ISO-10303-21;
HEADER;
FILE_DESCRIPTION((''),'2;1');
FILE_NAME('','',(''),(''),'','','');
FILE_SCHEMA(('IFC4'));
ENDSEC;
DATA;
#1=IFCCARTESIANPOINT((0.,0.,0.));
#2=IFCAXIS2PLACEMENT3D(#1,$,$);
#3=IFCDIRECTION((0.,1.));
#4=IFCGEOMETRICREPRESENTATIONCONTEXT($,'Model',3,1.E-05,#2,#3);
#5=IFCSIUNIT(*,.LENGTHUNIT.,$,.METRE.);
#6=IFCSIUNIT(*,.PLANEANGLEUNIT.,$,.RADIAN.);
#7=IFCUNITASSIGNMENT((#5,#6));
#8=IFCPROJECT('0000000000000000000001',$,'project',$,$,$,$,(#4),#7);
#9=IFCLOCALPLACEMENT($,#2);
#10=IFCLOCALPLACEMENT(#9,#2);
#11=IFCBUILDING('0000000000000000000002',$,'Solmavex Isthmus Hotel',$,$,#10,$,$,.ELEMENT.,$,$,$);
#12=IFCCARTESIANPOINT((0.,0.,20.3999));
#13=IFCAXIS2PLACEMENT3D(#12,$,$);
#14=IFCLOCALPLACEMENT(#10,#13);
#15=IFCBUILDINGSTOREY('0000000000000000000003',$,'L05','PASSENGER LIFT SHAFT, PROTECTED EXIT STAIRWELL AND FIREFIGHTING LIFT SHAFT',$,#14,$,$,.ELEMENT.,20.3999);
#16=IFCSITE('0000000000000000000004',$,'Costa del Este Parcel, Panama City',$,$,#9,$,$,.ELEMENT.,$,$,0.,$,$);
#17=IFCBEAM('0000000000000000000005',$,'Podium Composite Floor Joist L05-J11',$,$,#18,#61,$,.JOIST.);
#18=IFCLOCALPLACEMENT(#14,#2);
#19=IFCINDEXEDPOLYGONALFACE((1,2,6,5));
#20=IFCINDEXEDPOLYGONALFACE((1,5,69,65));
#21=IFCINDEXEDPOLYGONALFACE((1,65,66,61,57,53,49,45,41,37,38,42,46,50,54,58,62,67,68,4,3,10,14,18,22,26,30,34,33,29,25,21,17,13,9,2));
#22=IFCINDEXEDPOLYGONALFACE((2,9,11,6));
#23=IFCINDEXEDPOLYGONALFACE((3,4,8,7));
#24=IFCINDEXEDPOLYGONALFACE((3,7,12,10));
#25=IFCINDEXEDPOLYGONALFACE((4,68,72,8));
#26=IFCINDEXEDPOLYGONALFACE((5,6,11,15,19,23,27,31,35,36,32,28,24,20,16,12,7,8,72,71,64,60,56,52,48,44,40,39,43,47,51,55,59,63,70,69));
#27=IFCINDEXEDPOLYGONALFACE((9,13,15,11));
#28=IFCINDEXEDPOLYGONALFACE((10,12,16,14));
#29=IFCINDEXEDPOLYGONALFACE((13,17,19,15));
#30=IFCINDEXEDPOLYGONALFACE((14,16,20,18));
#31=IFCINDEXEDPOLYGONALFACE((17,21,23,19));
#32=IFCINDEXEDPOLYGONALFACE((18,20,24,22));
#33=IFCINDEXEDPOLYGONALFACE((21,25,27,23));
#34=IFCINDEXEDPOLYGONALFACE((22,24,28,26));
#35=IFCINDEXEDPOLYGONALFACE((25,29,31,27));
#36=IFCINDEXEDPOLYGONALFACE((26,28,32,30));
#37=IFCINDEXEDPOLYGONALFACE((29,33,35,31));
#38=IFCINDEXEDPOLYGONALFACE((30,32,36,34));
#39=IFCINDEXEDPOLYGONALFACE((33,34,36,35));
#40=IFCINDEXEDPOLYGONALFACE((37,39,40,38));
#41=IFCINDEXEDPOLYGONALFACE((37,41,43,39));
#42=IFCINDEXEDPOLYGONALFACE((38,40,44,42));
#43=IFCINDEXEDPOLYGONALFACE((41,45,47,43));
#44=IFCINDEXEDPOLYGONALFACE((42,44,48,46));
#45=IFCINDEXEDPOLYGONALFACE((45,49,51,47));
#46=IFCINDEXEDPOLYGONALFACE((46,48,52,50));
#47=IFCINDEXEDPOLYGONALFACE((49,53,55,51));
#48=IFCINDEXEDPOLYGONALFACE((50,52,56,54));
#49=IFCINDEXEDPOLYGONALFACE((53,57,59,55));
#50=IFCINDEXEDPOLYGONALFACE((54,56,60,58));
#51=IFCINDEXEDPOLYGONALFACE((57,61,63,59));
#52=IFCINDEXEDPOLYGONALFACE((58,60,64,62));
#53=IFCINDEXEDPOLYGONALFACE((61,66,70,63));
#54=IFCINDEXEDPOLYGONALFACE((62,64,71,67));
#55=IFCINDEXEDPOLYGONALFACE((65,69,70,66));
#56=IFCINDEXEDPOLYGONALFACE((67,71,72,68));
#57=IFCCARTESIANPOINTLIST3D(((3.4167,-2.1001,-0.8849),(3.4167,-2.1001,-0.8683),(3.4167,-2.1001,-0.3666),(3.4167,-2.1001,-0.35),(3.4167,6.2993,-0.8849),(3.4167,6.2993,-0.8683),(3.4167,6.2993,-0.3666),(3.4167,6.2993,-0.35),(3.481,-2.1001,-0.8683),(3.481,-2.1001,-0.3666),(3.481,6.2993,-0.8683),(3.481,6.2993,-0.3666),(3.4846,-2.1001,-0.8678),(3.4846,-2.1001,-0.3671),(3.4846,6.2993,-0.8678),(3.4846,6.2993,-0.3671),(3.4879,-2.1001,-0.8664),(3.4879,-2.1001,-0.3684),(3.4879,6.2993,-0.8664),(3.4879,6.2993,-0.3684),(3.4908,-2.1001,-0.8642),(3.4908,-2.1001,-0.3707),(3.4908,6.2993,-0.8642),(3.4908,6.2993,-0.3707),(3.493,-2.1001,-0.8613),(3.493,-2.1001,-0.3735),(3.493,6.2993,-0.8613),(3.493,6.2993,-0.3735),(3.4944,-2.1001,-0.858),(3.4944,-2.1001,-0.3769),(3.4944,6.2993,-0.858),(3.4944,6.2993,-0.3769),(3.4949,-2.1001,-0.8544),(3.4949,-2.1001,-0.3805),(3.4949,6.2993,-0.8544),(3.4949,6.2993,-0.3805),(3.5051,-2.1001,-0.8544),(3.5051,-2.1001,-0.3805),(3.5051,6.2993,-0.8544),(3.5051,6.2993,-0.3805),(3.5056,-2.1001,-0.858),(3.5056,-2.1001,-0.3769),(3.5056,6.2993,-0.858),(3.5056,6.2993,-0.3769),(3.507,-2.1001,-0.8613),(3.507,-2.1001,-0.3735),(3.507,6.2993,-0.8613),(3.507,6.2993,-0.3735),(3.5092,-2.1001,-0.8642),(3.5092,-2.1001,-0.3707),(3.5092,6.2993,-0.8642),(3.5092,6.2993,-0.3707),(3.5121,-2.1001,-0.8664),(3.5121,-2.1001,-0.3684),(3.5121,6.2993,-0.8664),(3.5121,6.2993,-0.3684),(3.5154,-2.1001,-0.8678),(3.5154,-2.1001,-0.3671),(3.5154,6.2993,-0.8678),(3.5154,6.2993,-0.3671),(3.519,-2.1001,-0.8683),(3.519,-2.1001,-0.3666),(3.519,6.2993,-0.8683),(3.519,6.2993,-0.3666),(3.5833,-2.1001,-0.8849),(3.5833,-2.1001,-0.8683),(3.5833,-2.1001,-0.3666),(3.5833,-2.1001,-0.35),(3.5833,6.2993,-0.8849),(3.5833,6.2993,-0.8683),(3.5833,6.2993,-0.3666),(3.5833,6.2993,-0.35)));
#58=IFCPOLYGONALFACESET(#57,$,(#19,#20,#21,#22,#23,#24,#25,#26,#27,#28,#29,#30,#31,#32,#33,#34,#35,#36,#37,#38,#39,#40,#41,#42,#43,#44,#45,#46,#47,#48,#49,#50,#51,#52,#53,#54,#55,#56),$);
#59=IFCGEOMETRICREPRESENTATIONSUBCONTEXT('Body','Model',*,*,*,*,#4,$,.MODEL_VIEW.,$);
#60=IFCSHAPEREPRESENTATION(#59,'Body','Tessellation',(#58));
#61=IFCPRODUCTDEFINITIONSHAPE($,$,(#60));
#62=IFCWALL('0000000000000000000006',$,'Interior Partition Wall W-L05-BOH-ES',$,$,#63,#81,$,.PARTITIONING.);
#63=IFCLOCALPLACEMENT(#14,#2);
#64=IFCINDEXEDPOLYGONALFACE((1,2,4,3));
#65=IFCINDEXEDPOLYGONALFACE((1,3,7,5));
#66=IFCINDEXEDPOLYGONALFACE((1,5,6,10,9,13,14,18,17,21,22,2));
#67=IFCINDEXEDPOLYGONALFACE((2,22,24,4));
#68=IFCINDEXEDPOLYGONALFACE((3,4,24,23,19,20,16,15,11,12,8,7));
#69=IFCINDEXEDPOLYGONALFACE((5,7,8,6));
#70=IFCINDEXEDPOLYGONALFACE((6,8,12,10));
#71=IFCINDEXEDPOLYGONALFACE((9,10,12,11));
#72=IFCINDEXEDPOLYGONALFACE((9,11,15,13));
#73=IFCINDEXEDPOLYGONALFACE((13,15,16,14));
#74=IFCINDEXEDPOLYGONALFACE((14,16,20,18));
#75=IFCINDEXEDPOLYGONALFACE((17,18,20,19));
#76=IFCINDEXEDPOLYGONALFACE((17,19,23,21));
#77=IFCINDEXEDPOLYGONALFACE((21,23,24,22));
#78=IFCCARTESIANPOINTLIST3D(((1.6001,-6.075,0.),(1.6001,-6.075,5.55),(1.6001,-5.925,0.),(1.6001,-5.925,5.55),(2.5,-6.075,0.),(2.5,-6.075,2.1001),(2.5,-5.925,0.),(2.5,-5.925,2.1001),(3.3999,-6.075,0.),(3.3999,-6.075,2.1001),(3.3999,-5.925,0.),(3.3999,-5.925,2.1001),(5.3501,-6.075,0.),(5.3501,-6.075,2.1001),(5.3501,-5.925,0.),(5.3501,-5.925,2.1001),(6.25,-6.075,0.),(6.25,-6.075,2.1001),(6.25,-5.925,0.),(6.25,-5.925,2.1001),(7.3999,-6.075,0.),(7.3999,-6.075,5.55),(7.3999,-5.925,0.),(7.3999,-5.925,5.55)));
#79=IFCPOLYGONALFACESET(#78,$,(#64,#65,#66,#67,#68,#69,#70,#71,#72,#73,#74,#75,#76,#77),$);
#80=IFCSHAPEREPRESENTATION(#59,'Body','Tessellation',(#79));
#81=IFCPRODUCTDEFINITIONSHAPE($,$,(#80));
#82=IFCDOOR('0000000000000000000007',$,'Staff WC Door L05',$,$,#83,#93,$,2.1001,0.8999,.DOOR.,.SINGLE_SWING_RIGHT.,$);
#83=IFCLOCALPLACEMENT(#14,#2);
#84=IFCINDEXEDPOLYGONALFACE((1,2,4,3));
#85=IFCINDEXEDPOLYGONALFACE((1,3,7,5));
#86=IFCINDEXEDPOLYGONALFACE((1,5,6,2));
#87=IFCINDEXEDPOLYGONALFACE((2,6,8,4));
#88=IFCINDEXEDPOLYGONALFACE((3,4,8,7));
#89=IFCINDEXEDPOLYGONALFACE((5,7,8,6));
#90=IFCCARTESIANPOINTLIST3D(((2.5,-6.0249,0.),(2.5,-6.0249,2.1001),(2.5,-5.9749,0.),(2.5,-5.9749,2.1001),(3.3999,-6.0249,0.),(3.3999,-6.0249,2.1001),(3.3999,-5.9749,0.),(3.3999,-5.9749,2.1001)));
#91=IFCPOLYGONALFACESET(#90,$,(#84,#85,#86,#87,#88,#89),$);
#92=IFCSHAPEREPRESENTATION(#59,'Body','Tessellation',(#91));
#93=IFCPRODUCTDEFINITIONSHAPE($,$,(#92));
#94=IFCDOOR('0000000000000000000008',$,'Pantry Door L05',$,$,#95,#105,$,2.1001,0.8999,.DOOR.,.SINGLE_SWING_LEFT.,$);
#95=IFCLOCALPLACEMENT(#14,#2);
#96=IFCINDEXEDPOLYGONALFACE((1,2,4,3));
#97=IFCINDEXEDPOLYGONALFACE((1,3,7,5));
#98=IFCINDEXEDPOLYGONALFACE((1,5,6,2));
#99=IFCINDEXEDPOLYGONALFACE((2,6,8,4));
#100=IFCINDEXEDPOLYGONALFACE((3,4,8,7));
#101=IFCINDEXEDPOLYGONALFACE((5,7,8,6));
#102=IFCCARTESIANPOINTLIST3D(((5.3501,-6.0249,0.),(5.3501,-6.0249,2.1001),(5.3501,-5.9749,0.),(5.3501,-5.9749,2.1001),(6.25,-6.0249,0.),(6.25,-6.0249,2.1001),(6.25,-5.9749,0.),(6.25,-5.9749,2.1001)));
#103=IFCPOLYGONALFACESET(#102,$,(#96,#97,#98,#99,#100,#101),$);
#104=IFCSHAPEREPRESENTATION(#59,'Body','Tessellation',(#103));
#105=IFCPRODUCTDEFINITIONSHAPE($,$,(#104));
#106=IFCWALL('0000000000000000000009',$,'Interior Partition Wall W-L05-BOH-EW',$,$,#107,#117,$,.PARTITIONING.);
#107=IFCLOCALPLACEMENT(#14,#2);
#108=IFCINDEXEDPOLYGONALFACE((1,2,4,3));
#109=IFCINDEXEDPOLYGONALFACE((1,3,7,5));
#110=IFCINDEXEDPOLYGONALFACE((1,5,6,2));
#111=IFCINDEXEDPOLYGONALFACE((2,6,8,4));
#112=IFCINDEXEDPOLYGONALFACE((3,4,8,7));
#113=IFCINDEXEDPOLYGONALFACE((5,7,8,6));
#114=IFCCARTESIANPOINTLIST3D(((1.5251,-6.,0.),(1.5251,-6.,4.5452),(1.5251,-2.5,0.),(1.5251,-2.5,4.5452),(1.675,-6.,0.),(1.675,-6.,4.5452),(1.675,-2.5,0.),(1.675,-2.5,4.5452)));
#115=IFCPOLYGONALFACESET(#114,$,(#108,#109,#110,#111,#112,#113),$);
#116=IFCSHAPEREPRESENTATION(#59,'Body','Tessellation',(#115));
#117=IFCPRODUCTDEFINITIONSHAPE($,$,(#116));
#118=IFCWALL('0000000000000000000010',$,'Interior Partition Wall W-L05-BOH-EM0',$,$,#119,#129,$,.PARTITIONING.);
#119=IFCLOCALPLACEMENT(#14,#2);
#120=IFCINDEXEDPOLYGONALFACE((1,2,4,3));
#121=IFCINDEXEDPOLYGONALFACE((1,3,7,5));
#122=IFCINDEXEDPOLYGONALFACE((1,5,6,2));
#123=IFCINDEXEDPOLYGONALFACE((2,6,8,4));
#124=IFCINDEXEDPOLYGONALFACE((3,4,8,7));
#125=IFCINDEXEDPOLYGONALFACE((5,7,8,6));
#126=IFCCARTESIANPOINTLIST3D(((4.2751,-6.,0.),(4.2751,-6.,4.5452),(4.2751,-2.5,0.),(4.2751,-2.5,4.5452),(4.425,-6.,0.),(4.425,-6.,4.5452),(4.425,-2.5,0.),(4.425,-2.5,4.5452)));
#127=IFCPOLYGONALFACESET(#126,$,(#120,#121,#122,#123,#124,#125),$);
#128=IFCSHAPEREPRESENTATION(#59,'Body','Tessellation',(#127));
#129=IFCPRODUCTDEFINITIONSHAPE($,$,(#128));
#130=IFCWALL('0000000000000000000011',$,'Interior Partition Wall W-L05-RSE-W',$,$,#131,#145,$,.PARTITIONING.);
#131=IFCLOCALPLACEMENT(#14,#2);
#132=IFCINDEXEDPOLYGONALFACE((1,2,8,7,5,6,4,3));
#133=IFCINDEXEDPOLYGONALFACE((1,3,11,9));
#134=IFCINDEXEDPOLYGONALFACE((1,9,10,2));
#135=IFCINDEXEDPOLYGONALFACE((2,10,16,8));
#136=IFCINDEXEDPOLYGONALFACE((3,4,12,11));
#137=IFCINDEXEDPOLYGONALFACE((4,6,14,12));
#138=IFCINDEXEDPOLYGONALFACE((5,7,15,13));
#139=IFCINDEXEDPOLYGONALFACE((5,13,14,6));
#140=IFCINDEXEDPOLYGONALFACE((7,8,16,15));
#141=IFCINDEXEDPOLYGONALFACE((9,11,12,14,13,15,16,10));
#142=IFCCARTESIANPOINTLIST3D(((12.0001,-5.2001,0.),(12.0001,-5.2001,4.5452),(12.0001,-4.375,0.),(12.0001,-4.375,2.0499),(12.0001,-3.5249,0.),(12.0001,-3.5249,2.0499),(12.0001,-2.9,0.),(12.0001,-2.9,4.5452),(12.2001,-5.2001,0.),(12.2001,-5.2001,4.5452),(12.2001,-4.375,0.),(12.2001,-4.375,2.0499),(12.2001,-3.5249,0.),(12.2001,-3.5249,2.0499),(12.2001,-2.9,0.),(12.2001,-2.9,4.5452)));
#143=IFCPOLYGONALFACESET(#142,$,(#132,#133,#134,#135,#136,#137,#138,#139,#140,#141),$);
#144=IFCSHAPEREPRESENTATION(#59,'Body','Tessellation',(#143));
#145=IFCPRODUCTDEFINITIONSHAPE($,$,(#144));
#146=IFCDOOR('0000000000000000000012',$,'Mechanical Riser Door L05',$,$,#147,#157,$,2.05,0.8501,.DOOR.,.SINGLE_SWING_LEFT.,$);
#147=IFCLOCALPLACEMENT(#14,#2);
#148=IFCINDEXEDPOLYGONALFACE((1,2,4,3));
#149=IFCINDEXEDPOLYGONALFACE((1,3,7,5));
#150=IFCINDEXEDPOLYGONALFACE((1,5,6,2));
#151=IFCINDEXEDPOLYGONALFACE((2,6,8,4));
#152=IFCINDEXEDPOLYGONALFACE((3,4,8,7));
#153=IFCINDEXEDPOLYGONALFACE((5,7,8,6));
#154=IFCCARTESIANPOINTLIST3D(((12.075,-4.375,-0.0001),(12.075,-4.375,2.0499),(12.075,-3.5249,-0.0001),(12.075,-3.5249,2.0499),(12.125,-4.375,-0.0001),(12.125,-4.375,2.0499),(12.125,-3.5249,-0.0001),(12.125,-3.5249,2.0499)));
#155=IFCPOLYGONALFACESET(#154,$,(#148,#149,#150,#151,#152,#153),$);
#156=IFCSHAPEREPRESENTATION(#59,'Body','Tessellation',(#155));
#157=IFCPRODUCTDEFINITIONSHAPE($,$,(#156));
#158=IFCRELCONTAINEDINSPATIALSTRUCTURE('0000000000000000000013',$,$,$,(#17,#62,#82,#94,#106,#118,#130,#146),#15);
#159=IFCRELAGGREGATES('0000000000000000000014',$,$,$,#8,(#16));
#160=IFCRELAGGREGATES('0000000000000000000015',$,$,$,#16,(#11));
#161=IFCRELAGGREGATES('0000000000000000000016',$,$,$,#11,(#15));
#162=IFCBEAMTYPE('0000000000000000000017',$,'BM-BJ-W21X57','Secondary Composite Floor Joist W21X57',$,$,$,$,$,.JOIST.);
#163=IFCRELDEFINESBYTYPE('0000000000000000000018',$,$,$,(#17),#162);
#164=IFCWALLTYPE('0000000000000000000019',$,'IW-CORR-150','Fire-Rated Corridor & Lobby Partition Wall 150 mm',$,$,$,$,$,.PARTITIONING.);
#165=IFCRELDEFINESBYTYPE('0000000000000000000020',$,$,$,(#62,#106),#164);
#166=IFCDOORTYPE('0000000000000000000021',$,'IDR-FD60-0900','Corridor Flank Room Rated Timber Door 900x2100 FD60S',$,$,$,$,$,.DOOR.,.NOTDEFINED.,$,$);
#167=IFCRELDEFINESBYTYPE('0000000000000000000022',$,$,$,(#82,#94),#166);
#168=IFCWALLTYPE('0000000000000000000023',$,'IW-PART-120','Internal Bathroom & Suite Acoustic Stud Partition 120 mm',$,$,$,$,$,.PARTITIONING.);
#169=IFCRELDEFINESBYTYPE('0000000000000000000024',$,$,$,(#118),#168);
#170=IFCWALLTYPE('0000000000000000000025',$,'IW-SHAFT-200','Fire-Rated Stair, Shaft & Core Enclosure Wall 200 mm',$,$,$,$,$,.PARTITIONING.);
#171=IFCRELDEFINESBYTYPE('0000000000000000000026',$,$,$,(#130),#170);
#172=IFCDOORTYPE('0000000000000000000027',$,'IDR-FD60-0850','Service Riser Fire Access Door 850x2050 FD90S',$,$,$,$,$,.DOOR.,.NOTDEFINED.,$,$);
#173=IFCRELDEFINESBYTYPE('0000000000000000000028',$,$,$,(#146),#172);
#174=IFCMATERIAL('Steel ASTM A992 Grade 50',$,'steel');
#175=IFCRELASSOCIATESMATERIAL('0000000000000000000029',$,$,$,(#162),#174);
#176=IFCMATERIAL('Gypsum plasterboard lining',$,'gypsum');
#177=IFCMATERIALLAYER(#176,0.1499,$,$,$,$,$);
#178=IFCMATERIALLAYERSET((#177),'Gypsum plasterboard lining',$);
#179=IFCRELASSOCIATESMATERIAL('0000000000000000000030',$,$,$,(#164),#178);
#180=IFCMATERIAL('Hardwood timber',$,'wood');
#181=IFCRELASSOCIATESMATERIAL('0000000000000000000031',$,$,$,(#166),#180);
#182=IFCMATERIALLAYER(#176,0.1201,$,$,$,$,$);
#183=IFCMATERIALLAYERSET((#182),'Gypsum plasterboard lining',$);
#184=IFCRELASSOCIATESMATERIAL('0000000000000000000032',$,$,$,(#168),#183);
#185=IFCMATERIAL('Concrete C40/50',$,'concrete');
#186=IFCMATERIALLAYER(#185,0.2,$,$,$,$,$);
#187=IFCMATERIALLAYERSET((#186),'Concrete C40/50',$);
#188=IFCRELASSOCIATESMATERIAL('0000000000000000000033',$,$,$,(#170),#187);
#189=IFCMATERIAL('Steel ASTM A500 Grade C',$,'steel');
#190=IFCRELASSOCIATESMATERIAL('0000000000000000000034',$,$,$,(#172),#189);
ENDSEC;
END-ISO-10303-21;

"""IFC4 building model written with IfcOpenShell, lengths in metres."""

from ifc_helpers import new_model, si_unit, direction, frame, frame_2d, origin, origin_2d, place, context, subcontext, project, spatial, rectangle, i_section, extrude, material, layer, layer_set, material_profile, profile_set, type_object, element, fill, save


model = new_model("IFC4")

# Units and contexts
model_context = context("Model", 3, precision=1e-05, world=origin(), true_north=direction((0.0, 1.0)))
body_context = subcontext(model_context, "Body", "Model", "MODEL_VIEW")
ifc_project = project(units=[si_unit("LENGTHUNIT", "METRE"), si_unit("PLANEANGLEUNIT", "RADIAN")], contexts=[model_context])

# Site, building, storey
site_placement = place(None, origin())
site = spatial("IfcSite", under=ifc_project, at=site_placement, Name="Costa del Este Parcel, Panama City", CompositionType="ELEMENT", RefElevation=0.0)
building_placement = place(site_placement, origin())
building = spatial("IfcBuilding", under=site, at=building_placement, Name="Solmavex Isthmus Hotel", CompositionType="ELEMENT")
storey_placement = place(building_placement, frame((0.0, 0.0, 20.3999)))
storey = spatial("IfcBuildingStorey", under=building, at=storey_placement, Name="L05", Description="PASSENGER LIFT SHAFT, PROTECTED EXIT STAIRWELL AND FIREFIGHTING LIFT SHAFT", CompositionType="ELEMENT", Elevation=20.3999)

# Beam
ifc_material_1 = material(Name="Steel ASTM A992 Grade 50", Category="steel")
ifc_material_profile_1 = material_profile(ifc_material_1, i_section(OverallWidth=0.1665, OverallDepth=0.5349, WebThickness=0.0103, FlangeThickness=0.0166, FilletRadius=0.0139, at=origin_2d()), Name="W21X57")
ifc_profile_set_1 = profile_set([ifc_material_profile_1], Name="Steel ASTM A992 Grade 50")
beam_type_1 = type_object("IfcBeamType", Name="BM-BJ-W21X57", Description="Secondary Composite Floor Joist W21X57", PredefinedType="JOIST", material=ifc_profile_set_1)
for number, where, z_axis, x_axis, name in (
    (1, (3.5, -2.1001, -0.6174), (0.0, 1.0, 0.0), (-1.0, 0.0, 0.0), "Podium Composite Floor Joist L05-J11"),
):
    element("IfcBeam", number, at=place(storey_placement, frame(where, z_axis=z_axis, x_axis=x_axis)), inside=storey, type_object=beam_type_1, Name=name, PredefinedType="JOIST", context=body_context, shape_type="SweptSolid", body=[
        extrude(i_section(OverallWidth=0.1665, OverallDepth=0.5349, WebThickness=0.0103, FlangeThickness=0.0166, FilletRadius=0.0139, at=origin_2d()), origin(), (0.0, 0.0, 1.0), 8.3994),
    ])

# Wall, openings, doors
ifc_material_2 = material(Name="Gypsum plasterboard lining", Category="gypsum")
ifc_layer_1 = layer(ifc_material_2, 0.1499)
ifc_layer_set_1 = layer_set([ifc_layer_1], Name="Gypsum plasterboard lining")
wall_type_1 = type_object("IfcWallType", Name="IW-CORR-150", Description="Fire-Rated Corridor & Lobby Partition Wall 150 mm", PredefinedType="PARTITIONING", material=ifc_layer_set_1)
wall_1_placement = place(storey_placement, frame((1.6001, -6.0, 0.0), z_axis=(0.0, 0.0, 1.0), x_axis=(1.0, 0.0, 0.0)))
wall_1 = element("IfcWall", 2, at=wall_1_placement, inside=storey, type_object=wall_type_1, Name="Interior Partition Wall W-L05-BOH-ES", PredefinedType="PARTITIONING", context=body_context, shape_type="SweptSolid", body=[
    extrude(rectangle(XDim=5.7998, YDim=0.1499, at=frame_2d((2.8999, 0.0))), origin(), (0.0, 0.0, 1.0), 5.55),
])
opening_1_placement = place(wall_1_placement, frame((0.8999, 0.0, 0.0)))
opening_1 = element("IfcOpeningElement", 3, at=opening_1_placement, cuts=wall_1, PredefinedType="OPENING", context=body_context, shape_type="SweptSolid", body=[
    extrude(rectangle(XDim=0.8999, YDim=2.1001, at=frame_2d((0.45, 1.05))), frame((0.0, 0.085, 0.0), z_axis=(0.0, -1.0, 0.0), x_axis=(1.0, 0.0, 0.0)), (0.0, 0.0, 1.0), 0.1699),
])
opening_2_placement = place(wall_1_placement, frame((3.75, 0.0, 0.0)))
opening_2 = element("IfcOpeningElement", 4, at=opening_2_placement, cuts=wall_1, PredefinedType="OPENING", context=body_context, shape_type="SweptSolid", body=[
    extrude(rectangle(XDim=0.8999, YDim=2.1001, at=frame_2d((0.45, 1.05))), frame((0.0, 0.085, 0.0), z_axis=(0.0, -1.0, 0.0), x_axis=(1.0, 0.0, 0.0)), (0.0, 0.0, 1.0), 0.1699),
])
ifc_material_3 = material(Name="Hardwood timber", Category="wood")
door_type_1 = type_object("IfcDoorType", Name="IDR-FD60-0900", Description="Corridor Flank Room Rated Timber Door 900x2100 FD60S", OperationType="NOTDEFINED", PredefinedType="DOOR", material=ifc_material_3)
door_1_placement = place(opening_1_placement, frame((0.8999, 0.0, 0.0), z_axis=(0.0, 0.0, 1.0), x_axis=(-1.0, 0.0, 0.0)))
door_1 = element("IfcDoor", 5, at=door_1_placement, inside=storey, type_object=door_type_1, Name="Staff WC Door L05", OperationType="SINGLE_SWING_RIGHT", OverallHeight=2.1001, OverallWidth=0.8999, PredefinedType="DOOR", context=body_context, shape_type="SweptSolid", body=[
    extrude(rectangle(XDim=0.8999, YDim=2.1001, at=frame_2d((0.45, 1.05))), frame((0.0, 0.0249, 0.0), z_axis=(0.0, -1.0, 0.0), x_axis=(1.0, 0.0, 0.0)), (0.0, 0.0, 1.0), 0.05),
])
fill(opening_1, door_1)
door_2_placement = place(opening_2_placement, frame((0.8999, 0.0, 0.0), z_axis=(0.0, 0.0, 1.0), x_axis=(-1.0, 0.0, 0.0)))
door_2 = element("IfcDoor", 6, at=door_2_placement, inside=storey, type_object=door_type_1, Name="Pantry Door L05", OperationType="SINGLE_SWING_LEFT", OverallHeight=2.1001, OverallWidth=0.8999, PredefinedType="DOOR", context=body_context, shape_type="SweptSolid", body=[
    extrude(rectangle(XDim=0.8999, YDim=2.1001, at=frame_2d((0.45, 1.05))), frame((0.0, 0.0249, 0.0), z_axis=(0.0, -1.0, 0.0), x_axis=(1.0, 0.0, 0.0)), (0.0, 0.0, 1.0), 0.05),
])
fill(opening_2, door_2)

# Walls
wall_2_placement = place(storey_placement, frame((1.6001, -6.0, 0.0), z_axis=(0.0, 0.0, 1.0), x_axis=(0.0, 1.0, 0.0)))
element("IfcWall", 7, at=wall_2_placement, inside=storey, type_object=wall_type_1, Name="Interior Partition Wall W-L05-BOH-EW", PredefinedType="PARTITIONING", context=body_context, shape_type="SweptSolid", body=[
    extrude(rectangle(XDim=3.5, YDim=0.1499, at=frame_2d((1.75, 0.0))), origin(), (0.0, 0.0, 1.0), 4.5452),
])
ifc_layer_2 = layer(ifc_material_2, 0.1201)
ifc_layer_set_2 = layer_set([ifc_layer_2], Name="Gypsum plasterboard lining")
wall_type_2 = type_object("IfcWallType", Name="IW-PART-120", Description="Internal Bathroom & Suite Acoustic Stud Partition 120 mm", PredefinedType="PARTITIONING", material=ifc_layer_set_2)
wall_3_placement = place(storey_placement, frame((4.3501, -6.0, 0.0), z_axis=(0.0, 0.0, 1.0), x_axis=(0.0, 1.0, 0.0)))
element("IfcWall", 8, at=wall_3_placement, inside=storey, type_object=wall_type_2, Name="Interior Partition Wall W-L05-BOH-EM0", PredefinedType="PARTITIONING", context=body_context, shape_type="SweptSolid", body=[
    extrude(rectangle(XDim=3.5, YDim=0.1499, at=frame_2d((1.75, 0.0))), origin(), (0.0, 0.0, 1.0), 4.5452),
])

# Wall, opening, door
ifc_material_4 = material(Name="Concrete C40/50", Category="concrete")
ifc_layer_3 = layer(ifc_material_4, 0.2)
ifc_layer_set_3 = layer_set([ifc_layer_3], Name="Concrete C40/50")
wall_type_3 = type_object("IfcWallType", Name="IW-SHAFT-200", Description="Fire-Rated Stair, Shaft & Core Enclosure Wall 200 mm", PredefinedType="PARTITIONING", material=ifc_layer_set_3)
wall_4_placement = place(storey_placement, frame((12.1001, -5.2, 0.0), z_axis=(0.0, 0.0, 1.0), x_axis=(0.0, 1.0, 0.0)))
wall_4 = element("IfcWall", 9, at=wall_4_placement, inside=storey, type_object=wall_type_3, Name="Interior Partition Wall W-L05-RSE-W", PredefinedType="PARTITIONING", context=body_context, shape_type="SweptSolid", body=[
    extrude(rectangle(XDim=2.3, YDim=0.2, at=frame_2d((1.1499, 0.0))), origin(), (0.0, 0.0, 1.0), 4.5452),
])
opening_3_placement = place(wall_4_placement, frame((0.825, 0.0, 0.0)))
opening_3 = element("IfcOpeningElement", 10, at=opening_3_placement, cuts=wall_4, PredefinedType="OPENING", context=body_context, shape_type="SweptSolid", body=[
    extrude(rectangle(XDim=0.8501, YDim=2.05, at=frame_2d((0.425, 1.0249))), frame((0.0, 0.1099, 0.0), z_axis=(0.0, -1.0, 0.0), x_axis=(1.0, 0.0, 0.0)), (0.0, 0.0, 1.0), 0.22),
])
ifc_material_5 = material(Name="Steel ASTM A500 Grade C", Category="steel")
door_type_2 = type_object("IfcDoorType", Name="IDR-FD60-0850", Description="Service Riser Fire Access Door 850x2050 FD90S", OperationType="NOTDEFINED", PredefinedType="DOOR", material=ifc_material_5)
door_3_placement = place(opening_3_placement, frame((0.8501, 0.0, 0.0), z_axis=(0.0, 0.0, 1.0), x_axis=(-1.0, 0.0, 0.0)))
door_3 = element("IfcDoor", 11, at=door_3_placement, inside=storey, type_object=door_type_2, Name="Mechanical Riser Door L05", OperationType="SINGLE_SWING_LEFT", OverallHeight=2.05, OverallWidth=0.8501, PredefinedType="DOOR", context=body_context, shape_type="SweptSolid", body=[
    extrude(rectangle(XDim=0.8501, YDim=2.05, at=frame_2d((0.425, 1.0249))), frame((0.0, 0.0249, 0.0), z_axis=(0.0, -1.0, 0.0), x_axis=(1.0, 0.0, 0.0)), (0.0, 0.0, 1.0), 0.05),
])
fill(opening_3, door_3)

save(model, "model.ifc")
